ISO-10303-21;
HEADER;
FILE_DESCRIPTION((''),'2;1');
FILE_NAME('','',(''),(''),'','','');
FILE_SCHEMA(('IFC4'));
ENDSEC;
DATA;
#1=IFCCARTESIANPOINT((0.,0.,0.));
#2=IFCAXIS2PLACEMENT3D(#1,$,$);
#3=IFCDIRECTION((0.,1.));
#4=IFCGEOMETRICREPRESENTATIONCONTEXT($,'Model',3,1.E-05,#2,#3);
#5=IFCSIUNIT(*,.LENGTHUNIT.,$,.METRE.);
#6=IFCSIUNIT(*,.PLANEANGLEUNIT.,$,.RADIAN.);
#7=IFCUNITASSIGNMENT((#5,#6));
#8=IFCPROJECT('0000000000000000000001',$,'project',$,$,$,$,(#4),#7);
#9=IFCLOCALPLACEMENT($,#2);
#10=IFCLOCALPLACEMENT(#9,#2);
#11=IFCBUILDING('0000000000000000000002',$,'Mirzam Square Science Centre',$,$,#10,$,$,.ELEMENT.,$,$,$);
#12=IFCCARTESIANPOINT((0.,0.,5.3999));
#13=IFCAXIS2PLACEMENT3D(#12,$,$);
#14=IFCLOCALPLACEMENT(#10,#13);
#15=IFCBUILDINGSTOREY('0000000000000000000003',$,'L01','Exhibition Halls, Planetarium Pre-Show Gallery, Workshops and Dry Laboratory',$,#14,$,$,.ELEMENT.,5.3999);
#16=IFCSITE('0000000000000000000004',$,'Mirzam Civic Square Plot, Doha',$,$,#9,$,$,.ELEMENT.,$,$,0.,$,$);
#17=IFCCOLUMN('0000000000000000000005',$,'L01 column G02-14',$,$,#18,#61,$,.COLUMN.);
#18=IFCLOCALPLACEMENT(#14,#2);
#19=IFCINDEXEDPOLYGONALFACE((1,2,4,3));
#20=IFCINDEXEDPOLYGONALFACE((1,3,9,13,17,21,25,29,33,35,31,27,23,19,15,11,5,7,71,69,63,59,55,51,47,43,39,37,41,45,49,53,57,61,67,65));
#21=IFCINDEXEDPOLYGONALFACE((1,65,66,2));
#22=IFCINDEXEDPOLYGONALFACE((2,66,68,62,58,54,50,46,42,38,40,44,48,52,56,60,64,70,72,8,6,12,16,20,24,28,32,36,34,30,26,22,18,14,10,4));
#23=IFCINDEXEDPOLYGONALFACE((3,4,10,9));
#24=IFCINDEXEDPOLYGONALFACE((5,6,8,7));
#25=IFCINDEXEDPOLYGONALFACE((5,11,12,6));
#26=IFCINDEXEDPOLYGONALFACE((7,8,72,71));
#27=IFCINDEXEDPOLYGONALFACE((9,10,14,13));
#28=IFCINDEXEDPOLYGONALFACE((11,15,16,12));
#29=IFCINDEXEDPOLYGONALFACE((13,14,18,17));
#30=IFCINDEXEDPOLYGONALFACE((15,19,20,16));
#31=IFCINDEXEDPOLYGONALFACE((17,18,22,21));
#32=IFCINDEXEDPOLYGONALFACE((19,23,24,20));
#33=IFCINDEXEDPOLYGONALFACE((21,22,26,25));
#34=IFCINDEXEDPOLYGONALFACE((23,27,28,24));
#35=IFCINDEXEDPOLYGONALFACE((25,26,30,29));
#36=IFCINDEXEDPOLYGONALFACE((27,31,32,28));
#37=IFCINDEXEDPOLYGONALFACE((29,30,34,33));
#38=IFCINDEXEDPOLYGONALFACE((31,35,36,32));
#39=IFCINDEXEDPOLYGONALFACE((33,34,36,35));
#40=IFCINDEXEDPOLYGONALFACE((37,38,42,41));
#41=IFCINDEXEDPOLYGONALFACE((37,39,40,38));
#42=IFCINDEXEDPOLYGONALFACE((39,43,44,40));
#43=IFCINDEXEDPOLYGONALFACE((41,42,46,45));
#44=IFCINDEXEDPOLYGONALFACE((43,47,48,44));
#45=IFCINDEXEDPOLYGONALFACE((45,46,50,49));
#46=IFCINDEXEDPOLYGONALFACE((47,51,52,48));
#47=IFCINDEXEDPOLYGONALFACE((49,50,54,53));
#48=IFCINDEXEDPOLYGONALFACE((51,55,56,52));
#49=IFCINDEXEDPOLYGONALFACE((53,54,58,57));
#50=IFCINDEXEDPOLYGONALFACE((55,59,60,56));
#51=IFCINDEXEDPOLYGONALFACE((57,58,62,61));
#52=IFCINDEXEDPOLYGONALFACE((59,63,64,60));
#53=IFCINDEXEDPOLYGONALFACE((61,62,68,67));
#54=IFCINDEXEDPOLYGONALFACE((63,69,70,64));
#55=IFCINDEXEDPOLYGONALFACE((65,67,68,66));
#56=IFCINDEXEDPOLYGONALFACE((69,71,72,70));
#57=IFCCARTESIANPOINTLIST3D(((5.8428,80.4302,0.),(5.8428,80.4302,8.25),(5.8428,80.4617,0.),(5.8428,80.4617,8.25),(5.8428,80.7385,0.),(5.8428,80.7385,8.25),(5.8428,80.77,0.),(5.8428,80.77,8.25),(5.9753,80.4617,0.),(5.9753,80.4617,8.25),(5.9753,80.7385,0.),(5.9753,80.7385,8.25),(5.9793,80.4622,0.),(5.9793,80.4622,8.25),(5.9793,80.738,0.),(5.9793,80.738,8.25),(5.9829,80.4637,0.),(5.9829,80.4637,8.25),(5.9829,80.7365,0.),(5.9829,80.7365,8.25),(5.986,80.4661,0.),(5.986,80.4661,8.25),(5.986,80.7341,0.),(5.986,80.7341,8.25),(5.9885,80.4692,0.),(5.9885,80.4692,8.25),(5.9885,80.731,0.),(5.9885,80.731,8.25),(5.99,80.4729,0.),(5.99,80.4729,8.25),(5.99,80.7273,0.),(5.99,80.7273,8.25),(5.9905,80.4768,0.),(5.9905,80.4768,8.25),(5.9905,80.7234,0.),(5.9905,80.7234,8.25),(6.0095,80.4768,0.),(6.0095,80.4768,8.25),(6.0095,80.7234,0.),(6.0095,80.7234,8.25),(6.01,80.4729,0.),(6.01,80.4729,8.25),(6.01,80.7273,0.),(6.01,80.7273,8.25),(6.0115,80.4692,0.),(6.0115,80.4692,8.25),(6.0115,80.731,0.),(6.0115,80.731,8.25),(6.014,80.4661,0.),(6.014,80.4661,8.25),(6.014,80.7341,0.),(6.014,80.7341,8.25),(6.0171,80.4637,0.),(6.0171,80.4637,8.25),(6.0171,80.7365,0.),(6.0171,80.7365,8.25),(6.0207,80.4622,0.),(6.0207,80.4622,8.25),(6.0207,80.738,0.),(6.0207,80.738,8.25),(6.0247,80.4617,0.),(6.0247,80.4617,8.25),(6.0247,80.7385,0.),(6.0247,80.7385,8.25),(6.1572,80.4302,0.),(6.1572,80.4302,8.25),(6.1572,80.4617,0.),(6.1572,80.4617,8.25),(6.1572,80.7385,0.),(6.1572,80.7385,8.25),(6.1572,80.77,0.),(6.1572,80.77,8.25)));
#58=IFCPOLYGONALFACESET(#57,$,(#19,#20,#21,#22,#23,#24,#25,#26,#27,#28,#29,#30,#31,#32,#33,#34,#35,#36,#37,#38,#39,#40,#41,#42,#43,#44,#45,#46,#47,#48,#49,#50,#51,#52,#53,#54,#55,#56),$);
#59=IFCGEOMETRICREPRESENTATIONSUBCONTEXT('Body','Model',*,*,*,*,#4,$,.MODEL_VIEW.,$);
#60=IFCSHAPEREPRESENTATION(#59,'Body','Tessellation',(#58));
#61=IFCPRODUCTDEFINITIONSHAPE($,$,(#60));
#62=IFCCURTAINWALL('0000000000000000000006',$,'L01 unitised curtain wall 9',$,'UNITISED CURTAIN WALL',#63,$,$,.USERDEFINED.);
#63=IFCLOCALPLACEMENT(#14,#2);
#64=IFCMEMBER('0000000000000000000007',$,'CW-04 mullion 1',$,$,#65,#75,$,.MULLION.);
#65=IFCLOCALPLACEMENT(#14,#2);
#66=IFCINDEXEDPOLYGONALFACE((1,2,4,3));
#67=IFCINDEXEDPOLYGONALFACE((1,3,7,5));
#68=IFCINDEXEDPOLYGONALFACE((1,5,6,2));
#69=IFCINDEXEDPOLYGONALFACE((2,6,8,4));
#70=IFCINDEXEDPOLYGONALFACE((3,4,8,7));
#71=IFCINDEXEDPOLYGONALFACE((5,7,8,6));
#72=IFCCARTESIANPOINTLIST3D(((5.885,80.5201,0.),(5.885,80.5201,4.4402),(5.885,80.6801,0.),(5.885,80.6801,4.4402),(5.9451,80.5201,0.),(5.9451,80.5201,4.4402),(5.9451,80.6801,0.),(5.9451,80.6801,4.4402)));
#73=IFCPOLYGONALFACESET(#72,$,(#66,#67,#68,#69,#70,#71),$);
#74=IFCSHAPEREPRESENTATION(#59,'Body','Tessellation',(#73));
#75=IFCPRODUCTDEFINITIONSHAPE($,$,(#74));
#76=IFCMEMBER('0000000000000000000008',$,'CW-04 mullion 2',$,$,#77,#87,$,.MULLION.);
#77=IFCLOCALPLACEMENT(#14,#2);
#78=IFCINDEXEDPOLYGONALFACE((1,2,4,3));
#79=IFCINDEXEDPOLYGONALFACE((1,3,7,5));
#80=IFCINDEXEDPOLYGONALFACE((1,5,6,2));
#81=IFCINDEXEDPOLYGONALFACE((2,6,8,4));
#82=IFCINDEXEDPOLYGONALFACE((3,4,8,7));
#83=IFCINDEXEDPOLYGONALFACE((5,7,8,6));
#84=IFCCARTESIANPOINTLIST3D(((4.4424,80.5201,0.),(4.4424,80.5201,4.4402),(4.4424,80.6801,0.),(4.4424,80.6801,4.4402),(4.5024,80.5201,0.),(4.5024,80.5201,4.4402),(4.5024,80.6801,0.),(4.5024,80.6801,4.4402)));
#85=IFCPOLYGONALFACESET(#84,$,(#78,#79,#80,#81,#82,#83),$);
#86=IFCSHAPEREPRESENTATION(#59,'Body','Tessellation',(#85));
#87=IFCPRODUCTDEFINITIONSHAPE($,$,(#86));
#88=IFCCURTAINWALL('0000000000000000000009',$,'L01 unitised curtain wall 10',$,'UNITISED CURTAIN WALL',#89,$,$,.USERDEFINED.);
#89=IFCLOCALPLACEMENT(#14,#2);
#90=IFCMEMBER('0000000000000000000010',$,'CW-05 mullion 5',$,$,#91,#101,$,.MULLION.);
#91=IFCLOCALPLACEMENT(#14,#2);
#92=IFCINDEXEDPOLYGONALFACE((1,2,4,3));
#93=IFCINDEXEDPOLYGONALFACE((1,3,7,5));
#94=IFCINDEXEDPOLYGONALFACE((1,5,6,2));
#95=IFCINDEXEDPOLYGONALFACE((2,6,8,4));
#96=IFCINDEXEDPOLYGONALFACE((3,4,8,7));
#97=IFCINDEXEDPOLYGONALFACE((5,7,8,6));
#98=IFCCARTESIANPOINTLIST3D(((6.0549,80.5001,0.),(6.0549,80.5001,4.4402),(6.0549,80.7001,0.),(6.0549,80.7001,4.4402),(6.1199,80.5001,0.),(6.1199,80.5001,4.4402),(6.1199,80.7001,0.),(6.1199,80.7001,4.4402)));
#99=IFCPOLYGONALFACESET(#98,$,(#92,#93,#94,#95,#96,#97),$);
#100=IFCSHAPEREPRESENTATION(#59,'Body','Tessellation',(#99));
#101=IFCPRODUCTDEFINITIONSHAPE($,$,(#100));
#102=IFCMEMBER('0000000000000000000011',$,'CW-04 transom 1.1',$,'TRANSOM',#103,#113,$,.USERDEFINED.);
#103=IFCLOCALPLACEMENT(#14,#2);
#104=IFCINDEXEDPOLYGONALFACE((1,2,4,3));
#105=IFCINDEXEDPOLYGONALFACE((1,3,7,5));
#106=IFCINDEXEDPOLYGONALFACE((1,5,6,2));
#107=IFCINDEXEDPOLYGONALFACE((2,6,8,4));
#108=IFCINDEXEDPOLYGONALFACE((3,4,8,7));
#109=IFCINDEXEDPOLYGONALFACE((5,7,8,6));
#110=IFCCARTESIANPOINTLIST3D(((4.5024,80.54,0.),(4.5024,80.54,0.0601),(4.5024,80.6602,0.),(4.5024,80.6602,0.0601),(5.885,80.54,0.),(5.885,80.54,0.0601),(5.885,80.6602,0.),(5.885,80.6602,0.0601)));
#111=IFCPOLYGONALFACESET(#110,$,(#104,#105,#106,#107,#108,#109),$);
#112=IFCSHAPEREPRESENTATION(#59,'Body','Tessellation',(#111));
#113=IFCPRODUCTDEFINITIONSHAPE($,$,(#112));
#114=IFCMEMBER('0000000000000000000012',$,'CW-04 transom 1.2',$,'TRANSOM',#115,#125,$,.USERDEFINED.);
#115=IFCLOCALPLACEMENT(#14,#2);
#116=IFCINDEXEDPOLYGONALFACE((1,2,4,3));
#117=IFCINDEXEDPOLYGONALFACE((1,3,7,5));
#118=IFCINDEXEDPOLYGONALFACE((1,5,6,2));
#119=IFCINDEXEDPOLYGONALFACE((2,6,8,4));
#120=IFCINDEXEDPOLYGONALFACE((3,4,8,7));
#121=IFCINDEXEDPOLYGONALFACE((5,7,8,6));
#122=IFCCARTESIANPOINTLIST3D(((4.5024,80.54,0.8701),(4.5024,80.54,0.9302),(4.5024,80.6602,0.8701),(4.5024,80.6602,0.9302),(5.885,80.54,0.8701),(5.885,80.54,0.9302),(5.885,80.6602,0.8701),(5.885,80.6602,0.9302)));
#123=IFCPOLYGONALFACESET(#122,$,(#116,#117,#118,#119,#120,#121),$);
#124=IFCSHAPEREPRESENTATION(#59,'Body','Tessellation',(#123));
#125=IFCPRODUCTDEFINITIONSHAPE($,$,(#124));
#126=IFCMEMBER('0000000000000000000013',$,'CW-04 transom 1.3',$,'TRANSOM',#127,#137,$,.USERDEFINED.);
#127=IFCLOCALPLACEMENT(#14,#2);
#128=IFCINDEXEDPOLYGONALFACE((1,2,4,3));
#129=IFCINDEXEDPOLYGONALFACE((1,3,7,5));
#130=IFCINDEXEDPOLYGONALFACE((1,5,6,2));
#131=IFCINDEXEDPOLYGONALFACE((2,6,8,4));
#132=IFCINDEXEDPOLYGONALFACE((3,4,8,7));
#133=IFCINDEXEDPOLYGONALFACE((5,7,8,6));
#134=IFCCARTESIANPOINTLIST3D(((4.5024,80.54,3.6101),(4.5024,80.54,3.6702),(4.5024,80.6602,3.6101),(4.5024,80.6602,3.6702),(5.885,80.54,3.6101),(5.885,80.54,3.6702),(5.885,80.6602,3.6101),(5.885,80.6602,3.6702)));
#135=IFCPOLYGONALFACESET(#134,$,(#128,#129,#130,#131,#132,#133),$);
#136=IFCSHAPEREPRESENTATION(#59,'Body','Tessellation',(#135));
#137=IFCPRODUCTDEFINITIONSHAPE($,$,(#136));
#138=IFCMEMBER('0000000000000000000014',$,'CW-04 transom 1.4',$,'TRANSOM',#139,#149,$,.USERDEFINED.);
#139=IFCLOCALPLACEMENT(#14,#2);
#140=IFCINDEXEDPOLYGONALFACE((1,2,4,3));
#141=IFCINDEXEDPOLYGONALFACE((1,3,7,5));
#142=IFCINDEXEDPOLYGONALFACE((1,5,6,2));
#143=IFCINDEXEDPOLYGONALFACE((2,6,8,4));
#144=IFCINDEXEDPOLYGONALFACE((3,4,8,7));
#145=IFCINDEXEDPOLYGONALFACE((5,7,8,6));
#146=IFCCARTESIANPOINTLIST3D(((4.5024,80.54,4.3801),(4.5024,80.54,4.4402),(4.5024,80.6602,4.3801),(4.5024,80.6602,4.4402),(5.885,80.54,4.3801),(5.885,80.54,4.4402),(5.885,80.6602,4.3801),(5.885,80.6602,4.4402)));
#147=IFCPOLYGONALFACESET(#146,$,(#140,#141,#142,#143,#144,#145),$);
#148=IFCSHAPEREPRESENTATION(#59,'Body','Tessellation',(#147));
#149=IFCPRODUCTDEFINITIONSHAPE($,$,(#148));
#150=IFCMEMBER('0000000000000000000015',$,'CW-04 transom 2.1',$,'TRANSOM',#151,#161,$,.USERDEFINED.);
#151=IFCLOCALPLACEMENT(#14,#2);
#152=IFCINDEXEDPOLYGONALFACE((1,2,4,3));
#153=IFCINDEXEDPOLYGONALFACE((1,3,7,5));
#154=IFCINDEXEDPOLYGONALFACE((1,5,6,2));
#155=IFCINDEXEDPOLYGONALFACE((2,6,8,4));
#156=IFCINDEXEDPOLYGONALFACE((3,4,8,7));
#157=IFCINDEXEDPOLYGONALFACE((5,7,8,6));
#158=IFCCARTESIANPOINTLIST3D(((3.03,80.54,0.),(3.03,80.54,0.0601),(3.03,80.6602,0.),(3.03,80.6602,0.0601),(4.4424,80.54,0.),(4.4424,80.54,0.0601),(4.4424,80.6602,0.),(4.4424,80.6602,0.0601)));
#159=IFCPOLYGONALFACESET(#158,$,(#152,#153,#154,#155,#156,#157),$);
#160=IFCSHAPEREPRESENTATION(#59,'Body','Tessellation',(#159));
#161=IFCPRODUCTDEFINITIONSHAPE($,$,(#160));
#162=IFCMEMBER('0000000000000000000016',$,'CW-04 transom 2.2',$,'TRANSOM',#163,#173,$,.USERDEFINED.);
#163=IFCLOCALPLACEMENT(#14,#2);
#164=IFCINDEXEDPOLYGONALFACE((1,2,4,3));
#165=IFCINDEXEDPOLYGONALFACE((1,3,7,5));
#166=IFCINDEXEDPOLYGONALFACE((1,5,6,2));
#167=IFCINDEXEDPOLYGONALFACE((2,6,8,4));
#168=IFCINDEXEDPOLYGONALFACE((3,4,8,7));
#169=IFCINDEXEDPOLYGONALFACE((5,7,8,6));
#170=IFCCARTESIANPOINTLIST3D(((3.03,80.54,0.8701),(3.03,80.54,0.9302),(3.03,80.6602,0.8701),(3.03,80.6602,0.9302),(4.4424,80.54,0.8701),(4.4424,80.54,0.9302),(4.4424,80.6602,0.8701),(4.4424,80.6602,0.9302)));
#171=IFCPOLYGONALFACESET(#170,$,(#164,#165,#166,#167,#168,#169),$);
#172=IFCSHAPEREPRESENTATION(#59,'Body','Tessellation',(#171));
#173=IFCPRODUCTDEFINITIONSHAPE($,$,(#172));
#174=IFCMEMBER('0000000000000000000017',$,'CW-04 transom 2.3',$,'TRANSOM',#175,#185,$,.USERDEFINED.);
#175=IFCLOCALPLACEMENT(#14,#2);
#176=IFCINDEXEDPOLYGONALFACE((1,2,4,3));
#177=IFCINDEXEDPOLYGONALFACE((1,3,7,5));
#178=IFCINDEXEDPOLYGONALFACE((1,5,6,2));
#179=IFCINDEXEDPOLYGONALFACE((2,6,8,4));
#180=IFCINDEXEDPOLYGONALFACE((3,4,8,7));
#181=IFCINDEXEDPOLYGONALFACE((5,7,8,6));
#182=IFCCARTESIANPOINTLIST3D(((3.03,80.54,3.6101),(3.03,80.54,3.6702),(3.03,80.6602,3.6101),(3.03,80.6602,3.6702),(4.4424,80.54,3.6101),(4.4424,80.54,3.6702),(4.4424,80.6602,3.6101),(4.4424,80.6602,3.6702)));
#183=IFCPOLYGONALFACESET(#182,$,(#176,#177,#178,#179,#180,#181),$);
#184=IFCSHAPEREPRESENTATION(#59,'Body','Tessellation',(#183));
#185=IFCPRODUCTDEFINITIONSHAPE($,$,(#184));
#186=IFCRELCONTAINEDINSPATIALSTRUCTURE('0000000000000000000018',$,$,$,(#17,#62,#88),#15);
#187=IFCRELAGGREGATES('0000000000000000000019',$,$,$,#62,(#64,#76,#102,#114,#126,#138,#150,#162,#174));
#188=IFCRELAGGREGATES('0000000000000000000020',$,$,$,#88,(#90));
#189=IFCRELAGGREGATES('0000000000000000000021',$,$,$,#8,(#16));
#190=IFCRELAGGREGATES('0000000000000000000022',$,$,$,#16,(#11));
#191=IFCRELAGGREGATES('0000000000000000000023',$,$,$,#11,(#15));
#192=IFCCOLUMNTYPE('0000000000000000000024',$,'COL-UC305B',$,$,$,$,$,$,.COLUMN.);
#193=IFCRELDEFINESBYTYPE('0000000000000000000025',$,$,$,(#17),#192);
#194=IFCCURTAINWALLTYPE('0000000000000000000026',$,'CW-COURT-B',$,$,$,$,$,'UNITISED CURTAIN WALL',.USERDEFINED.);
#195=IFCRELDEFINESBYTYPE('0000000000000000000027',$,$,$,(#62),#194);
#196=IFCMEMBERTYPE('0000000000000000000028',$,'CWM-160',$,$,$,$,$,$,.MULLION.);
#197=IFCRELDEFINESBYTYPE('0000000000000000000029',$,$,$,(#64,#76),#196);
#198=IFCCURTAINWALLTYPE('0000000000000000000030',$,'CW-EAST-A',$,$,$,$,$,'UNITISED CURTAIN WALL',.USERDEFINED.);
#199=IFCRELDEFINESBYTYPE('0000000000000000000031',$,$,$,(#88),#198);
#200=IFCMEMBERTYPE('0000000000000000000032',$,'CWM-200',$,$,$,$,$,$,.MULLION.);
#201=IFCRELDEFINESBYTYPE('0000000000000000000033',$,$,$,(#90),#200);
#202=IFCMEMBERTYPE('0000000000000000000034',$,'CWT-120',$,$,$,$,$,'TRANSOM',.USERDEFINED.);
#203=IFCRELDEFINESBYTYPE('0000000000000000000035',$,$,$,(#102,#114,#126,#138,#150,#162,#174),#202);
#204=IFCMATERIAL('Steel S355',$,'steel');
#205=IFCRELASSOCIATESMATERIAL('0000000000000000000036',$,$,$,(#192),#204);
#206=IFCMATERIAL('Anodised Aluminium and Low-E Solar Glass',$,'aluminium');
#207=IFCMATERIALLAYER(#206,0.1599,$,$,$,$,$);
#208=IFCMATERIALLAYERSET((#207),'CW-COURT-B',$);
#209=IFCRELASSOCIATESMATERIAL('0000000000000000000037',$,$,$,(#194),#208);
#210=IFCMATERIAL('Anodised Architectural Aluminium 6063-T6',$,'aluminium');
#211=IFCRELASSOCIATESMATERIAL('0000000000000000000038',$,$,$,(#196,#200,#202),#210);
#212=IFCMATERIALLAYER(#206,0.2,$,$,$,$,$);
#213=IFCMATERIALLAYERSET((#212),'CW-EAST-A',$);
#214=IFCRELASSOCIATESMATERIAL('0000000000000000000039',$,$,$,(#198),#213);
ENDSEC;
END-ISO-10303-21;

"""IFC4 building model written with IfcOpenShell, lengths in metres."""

from ifc_helpers import new_model, si_unit, direction, frame, origin, origin_2d, place, context, subcontext, project, spatial, rectangle, i_section, extrude, material, layer, layer_set, material_profile, profile_set, type_object, element, aggregate, save


model = new_model("IFC4")

# Units and contexts
model_context = context("Model", 3, precision=1e-05, world=origin(), true_north=direction((0.0, 1.0)))
body_context = subcontext(model_context, "Body", "Model", "MODEL_VIEW")
ifc_project = project(units=[si_unit("LENGTHUNIT", "METRE"), si_unit("PLANEANGLEUNIT", "RADIAN")], contexts=[model_context])

# Site, building, storey
site_placement = place(None, origin())
site = spatial("IfcSite", under=ifc_project, at=site_placement, Name="Mirzam Civic Square Plot, Doha", CompositionType="ELEMENT", RefElevation=0.0)
building_placement = place(site_placement, origin())
building = spatial("IfcBuilding", under=site, at=building_placement, Name="Mirzam Square Science Centre", CompositionType="ELEMENT")
storey_placement = place(building_placement, frame((0.0, 0.0, 5.3999)))
storey = spatial("IfcBuildingStorey", under=building, at=storey_placement, Name="L01", Description="Exhibition Halls, Planetarium Pre-Show Gallery, Workshops and Dry Laboratory", CompositionType="ELEMENT", Elevation=5.3999)

# Column
ifc_material_1 = material(Name="Steel S355", Category="steel")
ifc_material_profile_1 = material_profile(ifc_material_1, i_section(OverallWidth=0.3145, OverallDepth=0.3398, WebThickness=0.019, FlangeThickness=0.0315, FilletRadius=0.0151, at=origin_2d()), Name="305x305x198UC")
ifc_profile_set_1 = profile_set([ifc_material_profile_1], Name="Steel S355")
column_type = type_object("IfcColumnType", Name="COL-UC305B", PredefinedType="COLUMN", material=ifc_profile_set_1)
column_placement = place(storey_placement, frame((6.0, 80.6001, 0.0), z_axis=(0.0, 0.0, 1.0), x_axis=(1.0, 0.0, 0.0)))
element("IfcColumn", 1, at=column_placement, inside=storey, type_object=column_type, Name="L01 column G02-14", PredefinedType="COLUMN", context=body_context, shape_type="SweptSolid", body=[
    extrude(i_section(OverallWidth=0.3145, OverallDepth=0.3398, WebThickness=0.019, FlangeThickness=0.0315, FilletRadius=0.0151, at=origin_2d()), origin(), (0.0, 0.0, 1.0), 8.25),
])

# Curtain wall, members
ifc_material_2 = material(Name="Anodised Aluminium and Low-E Solar Glass", Category="aluminium")
ifc_layer_1 = layer(ifc_material_2, 0.1599)
ifc_layer_set_1 = layer_set([ifc_layer_1], Name="CW-COURT-B")
curtain_wall_type_1 = type_object("IfcCurtainWallType", Name="CW-COURT-B", ElementType="UNITISED CURTAIN WALL", PredefinedType="USERDEFINED", material=ifc_layer_set_1)
curtain_wall_1_placement = place(storey_placement, origin())
curtain_wall_1 = element("IfcCurtainWall", 2, at=curtain_wall_1_placement, inside=storey, type_object=curtain_wall_type_1, Name="L01 unitised curtain wall 9", ObjectType="UNITISED CURTAIN WALL", PredefinedType="USERDEFINED")
ifc_material_3 = material(Name="Anodised Architectural Aluminium 6063-T6", Category="aluminium")
ifc_material_profile_2 = material_profile(ifc_material_3, rectangle(XDim=0.0601, YDim=0.1599, at=origin_2d()), Name="ALU-MULL-160x60x4")
ifc_profile_set_2 = profile_set([ifc_material_profile_2], Name="Anodised Architectural Aluminium 6063-T6")
member_type_1 = type_object("IfcMemberType", Name="CWM-160", PredefinedType="MULLION", material=ifc_profile_set_2)
member_1_placement = place(storey_placement, frame((5.915, 80.6001, 0.0), z_axis=(0.0, 0.0, 1.0), x_axis=(-1.0, 0.0, 0.0)))
member_1 = element("IfcMember", 3, at=member_1_placement, type_object=member_type_1, Name="CW-04 mullion 1", PredefinedType="MULLION", context=body_context, shape_type="SweptSolid", body=[
    extrude(rectangle(XDim=0.0601, YDim=0.1599, at=origin_2d()), origin(), (0.0, 0.0, 1.0), 4.4402),
])
member_2_placement = place(storey_placement, frame((4.4724, 80.6001, 0.0), z_axis=(0.0, 0.0, 1.0), x_axis=(-1.0, 0.0, 0.0)))
member_2 = element("IfcMember", 4, at=member_2_placement, type_object=member_type_1, Name="CW-04 mullion 2", PredefinedType="MULLION", context=body_context, shape_type="SweptSolid", body=[
    extrude(rectangle(XDim=0.0601, YDim=0.1599, at=origin_2d()), origin(), (0.0, 0.0, 1.0), 4.4402),
])

# Curtain wall, member
ifc_layer_2 = layer(ifc_material_2, 0.2)
ifc_layer_set_2 = layer_set([ifc_layer_2], Name="CW-EAST-A")
curtain_wall_type_2 = type_object("IfcCurtainWallType", Name="CW-EAST-A", ElementType="UNITISED CURTAIN WALL", PredefinedType="USERDEFINED", material=ifc_layer_set_2)
curtain_wall_2_placement = place(storey_placement, origin())
curtain_wall_2 = element("IfcCurtainWall", 5, at=curtain_wall_2_placement, inside=storey, type_object=curtain_wall_type_2, Name="L01 unitised curtain wall 10", ObjectType="UNITISED CURTAIN WALL", PredefinedType="USERDEFINED")
ifc_material_profile_3 = material_profile(ifc_material_3, rectangle(XDim=0.0649, YDim=0.2, at=origin_2d()), Name="ALU-MULL-200x65x5")
ifc_profile_set_3 = profile_set([ifc_material_profile_3], Name="Anodised Architectural Aluminium 6063-T6")
member_type_2 = type_object("IfcMemberType", Name="CWM-200", PredefinedType="MULLION", material=ifc_profile_set_3)
member_3_placement = place(storey_placement, frame((6.0874, 80.6001, 0.0), z_axis=(0.0, 0.0, 1.0), x_axis=(-1.0, 0.0, 0.0)))
member_3 = element("IfcMember", 6, at=member_3_placement, type_object=member_type_2, Name="CW-05 mullion 5", PredefinedType="MULLION", context=body_context, shape_type="SweptSolid", body=[
    extrude(rectangle(XDim=0.0649, YDim=0.2, at=origin_2d()), origin(), (0.0, 0.0, 1.0), 4.4402),
])

# Members
ifc_material_profile_4 = material_profile(ifc_material_3, rectangle(XDim=0.1201, YDim=0.0601, at=origin_2d()), Name="ALU-TRAN-120x60x4")
ifc_profile_set_4 = profile_set([ifc_material_profile_4], Name="Anodised Architectural Aluminium 6063-T6")
member_type_3 = type_object("IfcMemberType", Name="CWT-120", ElementType="TRANSOM", PredefinedType="USERDEFINED", material=ifc_profile_set_4)
member_4_placement = place(storey_placement, frame((5.885, 80.6001, 0.03), z_axis=(-1.0, 0.0, 0.0), x_axis=(0.0, -1.0, 0.0)))
member_4 = element("IfcMember", 7, at=member_4_placement, type_object=member_type_3, Name="CW-04 transom 1.1", ObjectType="TRANSOM", PredefinedType="USERDEFINED", context=body_context, shape_type="SweptSolid", body=[
    extrude(rectangle(XDim=0.1201, YDim=0.0601, at=origin_2d()), origin(), (0.0, 0.0, 1.0), 1.3826),
])
member_5_placement = place(storey_placement, frame((5.885, 80.6001, 0.9001), z_axis=(-1.0, 0.0, 0.0), x_axis=(0.0, -1.0, 0.0)))
member_5 = element("IfcMember", 8, at=member_5_placement, type_object=member_type_3, Name="CW-04 transom 1.2", ObjectType="TRANSOM", PredefinedType="USERDEFINED", context=body_context, shape_type="SweptSolid", body=[
    extrude(rectangle(XDim=0.1201, YDim=0.0601, at=origin_2d()), origin(), (0.0, 0.0, 1.0), 1.3826),
])
member_6_placement = place(storey_placement, frame((5.885, 80.6001, 3.6401), z_axis=(-1.0, 0.0, 0.0), x_axis=(0.0, -1.0, 0.0)))
member_6 = element("IfcMember", 9, at=member_6_placement, type_object=member_type_3, Name="CW-04 transom 1.3", ObjectType="TRANSOM", PredefinedType="USERDEFINED", context=body_context, shape_type="SweptSolid", body=[
    extrude(rectangle(XDim=0.1201, YDim=0.0601, at=origin_2d()), origin(), (0.0, 0.0, 1.0), 1.3826),
])
member_7_placement = place(storey_placement, frame((5.885, 80.6001, 4.4102), z_axis=(-1.0, 0.0, 0.0), x_axis=(0.0, -1.0, 0.0)))
member_7 = element("IfcMember", 10, at=member_7_placement, type_object=member_type_3, Name="CW-04 transom 1.4", ObjectType="TRANSOM", PredefinedType="USERDEFINED", context=body_context, shape_type="SweptSolid", body=[
    extrude(rectangle(XDim=0.1201, YDim=0.0601, at=origin_2d()), origin(), (0.0, 0.0, 1.0), 1.3826),
])
member_8_placement = place(storey_placement, frame((4.4424, 80.6001, 0.03), z_axis=(-1.0, 0.0, 0.0), x_axis=(0.0, -1.0, 0.0)))
member_8 = element("IfcMember", 11, at=member_8_placement, type_object=member_type_3, Name="CW-04 transom 2.1", ObjectType="TRANSOM", PredefinedType="USERDEFINED", context=body_context, shape_type="SweptSolid", body=[
    extrude(rectangle(XDim=0.1201, YDim=0.0601, at=origin_2d()), origin(), (0.0, 0.0, 1.0), 1.4124),
])
member_9_placement = place(storey_placement, frame((4.4424, 80.6001, 0.9001), z_axis=(-1.0, 0.0, 0.0), x_axis=(0.0, -1.0, 0.0)))
member_9 = element("IfcMember", 12, at=member_9_placement, type_object=member_type_3, Name="CW-04 transom 2.2", ObjectType="TRANSOM", PredefinedType="USERDEFINED", context=body_context, shape_type="SweptSolid", body=[
    extrude(rectangle(XDim=0.1201, YDim=0.0601, at=origin_2d()), origin(), (0.0, 0.0, 1.0), 1.4124),
])
member_10_placement = place(storey_placement, frame((4.4424, 80.6001, 3.6401), z_axis=(-1.0, 0.0, 0.0), x_axis=(0.0, -1.0, 0.0)))
member_10 = element("IfcMember", 13, at=member_10_placement, type_object=member_type_3, Name="CW-04 transom 2.3", ObjectType="TRANSOM", PredefinedType="USERDEFINED", context=body_context, shape_type="SweptSolid", body=[
    extrude(rectangle(XDim=0.1201, YDim=0.0601, at=origin_2d()), origin(), (0.0, 0.0, 1.0), 1.4124),
])

aggregate(curtain_wall_1, [member_1, member_2, member_4, member_5, member_6, member_7, member_8, member_9, member_10])
aggregate(curtain_wall_2, [member_3])

save(model, "model.ifc")
